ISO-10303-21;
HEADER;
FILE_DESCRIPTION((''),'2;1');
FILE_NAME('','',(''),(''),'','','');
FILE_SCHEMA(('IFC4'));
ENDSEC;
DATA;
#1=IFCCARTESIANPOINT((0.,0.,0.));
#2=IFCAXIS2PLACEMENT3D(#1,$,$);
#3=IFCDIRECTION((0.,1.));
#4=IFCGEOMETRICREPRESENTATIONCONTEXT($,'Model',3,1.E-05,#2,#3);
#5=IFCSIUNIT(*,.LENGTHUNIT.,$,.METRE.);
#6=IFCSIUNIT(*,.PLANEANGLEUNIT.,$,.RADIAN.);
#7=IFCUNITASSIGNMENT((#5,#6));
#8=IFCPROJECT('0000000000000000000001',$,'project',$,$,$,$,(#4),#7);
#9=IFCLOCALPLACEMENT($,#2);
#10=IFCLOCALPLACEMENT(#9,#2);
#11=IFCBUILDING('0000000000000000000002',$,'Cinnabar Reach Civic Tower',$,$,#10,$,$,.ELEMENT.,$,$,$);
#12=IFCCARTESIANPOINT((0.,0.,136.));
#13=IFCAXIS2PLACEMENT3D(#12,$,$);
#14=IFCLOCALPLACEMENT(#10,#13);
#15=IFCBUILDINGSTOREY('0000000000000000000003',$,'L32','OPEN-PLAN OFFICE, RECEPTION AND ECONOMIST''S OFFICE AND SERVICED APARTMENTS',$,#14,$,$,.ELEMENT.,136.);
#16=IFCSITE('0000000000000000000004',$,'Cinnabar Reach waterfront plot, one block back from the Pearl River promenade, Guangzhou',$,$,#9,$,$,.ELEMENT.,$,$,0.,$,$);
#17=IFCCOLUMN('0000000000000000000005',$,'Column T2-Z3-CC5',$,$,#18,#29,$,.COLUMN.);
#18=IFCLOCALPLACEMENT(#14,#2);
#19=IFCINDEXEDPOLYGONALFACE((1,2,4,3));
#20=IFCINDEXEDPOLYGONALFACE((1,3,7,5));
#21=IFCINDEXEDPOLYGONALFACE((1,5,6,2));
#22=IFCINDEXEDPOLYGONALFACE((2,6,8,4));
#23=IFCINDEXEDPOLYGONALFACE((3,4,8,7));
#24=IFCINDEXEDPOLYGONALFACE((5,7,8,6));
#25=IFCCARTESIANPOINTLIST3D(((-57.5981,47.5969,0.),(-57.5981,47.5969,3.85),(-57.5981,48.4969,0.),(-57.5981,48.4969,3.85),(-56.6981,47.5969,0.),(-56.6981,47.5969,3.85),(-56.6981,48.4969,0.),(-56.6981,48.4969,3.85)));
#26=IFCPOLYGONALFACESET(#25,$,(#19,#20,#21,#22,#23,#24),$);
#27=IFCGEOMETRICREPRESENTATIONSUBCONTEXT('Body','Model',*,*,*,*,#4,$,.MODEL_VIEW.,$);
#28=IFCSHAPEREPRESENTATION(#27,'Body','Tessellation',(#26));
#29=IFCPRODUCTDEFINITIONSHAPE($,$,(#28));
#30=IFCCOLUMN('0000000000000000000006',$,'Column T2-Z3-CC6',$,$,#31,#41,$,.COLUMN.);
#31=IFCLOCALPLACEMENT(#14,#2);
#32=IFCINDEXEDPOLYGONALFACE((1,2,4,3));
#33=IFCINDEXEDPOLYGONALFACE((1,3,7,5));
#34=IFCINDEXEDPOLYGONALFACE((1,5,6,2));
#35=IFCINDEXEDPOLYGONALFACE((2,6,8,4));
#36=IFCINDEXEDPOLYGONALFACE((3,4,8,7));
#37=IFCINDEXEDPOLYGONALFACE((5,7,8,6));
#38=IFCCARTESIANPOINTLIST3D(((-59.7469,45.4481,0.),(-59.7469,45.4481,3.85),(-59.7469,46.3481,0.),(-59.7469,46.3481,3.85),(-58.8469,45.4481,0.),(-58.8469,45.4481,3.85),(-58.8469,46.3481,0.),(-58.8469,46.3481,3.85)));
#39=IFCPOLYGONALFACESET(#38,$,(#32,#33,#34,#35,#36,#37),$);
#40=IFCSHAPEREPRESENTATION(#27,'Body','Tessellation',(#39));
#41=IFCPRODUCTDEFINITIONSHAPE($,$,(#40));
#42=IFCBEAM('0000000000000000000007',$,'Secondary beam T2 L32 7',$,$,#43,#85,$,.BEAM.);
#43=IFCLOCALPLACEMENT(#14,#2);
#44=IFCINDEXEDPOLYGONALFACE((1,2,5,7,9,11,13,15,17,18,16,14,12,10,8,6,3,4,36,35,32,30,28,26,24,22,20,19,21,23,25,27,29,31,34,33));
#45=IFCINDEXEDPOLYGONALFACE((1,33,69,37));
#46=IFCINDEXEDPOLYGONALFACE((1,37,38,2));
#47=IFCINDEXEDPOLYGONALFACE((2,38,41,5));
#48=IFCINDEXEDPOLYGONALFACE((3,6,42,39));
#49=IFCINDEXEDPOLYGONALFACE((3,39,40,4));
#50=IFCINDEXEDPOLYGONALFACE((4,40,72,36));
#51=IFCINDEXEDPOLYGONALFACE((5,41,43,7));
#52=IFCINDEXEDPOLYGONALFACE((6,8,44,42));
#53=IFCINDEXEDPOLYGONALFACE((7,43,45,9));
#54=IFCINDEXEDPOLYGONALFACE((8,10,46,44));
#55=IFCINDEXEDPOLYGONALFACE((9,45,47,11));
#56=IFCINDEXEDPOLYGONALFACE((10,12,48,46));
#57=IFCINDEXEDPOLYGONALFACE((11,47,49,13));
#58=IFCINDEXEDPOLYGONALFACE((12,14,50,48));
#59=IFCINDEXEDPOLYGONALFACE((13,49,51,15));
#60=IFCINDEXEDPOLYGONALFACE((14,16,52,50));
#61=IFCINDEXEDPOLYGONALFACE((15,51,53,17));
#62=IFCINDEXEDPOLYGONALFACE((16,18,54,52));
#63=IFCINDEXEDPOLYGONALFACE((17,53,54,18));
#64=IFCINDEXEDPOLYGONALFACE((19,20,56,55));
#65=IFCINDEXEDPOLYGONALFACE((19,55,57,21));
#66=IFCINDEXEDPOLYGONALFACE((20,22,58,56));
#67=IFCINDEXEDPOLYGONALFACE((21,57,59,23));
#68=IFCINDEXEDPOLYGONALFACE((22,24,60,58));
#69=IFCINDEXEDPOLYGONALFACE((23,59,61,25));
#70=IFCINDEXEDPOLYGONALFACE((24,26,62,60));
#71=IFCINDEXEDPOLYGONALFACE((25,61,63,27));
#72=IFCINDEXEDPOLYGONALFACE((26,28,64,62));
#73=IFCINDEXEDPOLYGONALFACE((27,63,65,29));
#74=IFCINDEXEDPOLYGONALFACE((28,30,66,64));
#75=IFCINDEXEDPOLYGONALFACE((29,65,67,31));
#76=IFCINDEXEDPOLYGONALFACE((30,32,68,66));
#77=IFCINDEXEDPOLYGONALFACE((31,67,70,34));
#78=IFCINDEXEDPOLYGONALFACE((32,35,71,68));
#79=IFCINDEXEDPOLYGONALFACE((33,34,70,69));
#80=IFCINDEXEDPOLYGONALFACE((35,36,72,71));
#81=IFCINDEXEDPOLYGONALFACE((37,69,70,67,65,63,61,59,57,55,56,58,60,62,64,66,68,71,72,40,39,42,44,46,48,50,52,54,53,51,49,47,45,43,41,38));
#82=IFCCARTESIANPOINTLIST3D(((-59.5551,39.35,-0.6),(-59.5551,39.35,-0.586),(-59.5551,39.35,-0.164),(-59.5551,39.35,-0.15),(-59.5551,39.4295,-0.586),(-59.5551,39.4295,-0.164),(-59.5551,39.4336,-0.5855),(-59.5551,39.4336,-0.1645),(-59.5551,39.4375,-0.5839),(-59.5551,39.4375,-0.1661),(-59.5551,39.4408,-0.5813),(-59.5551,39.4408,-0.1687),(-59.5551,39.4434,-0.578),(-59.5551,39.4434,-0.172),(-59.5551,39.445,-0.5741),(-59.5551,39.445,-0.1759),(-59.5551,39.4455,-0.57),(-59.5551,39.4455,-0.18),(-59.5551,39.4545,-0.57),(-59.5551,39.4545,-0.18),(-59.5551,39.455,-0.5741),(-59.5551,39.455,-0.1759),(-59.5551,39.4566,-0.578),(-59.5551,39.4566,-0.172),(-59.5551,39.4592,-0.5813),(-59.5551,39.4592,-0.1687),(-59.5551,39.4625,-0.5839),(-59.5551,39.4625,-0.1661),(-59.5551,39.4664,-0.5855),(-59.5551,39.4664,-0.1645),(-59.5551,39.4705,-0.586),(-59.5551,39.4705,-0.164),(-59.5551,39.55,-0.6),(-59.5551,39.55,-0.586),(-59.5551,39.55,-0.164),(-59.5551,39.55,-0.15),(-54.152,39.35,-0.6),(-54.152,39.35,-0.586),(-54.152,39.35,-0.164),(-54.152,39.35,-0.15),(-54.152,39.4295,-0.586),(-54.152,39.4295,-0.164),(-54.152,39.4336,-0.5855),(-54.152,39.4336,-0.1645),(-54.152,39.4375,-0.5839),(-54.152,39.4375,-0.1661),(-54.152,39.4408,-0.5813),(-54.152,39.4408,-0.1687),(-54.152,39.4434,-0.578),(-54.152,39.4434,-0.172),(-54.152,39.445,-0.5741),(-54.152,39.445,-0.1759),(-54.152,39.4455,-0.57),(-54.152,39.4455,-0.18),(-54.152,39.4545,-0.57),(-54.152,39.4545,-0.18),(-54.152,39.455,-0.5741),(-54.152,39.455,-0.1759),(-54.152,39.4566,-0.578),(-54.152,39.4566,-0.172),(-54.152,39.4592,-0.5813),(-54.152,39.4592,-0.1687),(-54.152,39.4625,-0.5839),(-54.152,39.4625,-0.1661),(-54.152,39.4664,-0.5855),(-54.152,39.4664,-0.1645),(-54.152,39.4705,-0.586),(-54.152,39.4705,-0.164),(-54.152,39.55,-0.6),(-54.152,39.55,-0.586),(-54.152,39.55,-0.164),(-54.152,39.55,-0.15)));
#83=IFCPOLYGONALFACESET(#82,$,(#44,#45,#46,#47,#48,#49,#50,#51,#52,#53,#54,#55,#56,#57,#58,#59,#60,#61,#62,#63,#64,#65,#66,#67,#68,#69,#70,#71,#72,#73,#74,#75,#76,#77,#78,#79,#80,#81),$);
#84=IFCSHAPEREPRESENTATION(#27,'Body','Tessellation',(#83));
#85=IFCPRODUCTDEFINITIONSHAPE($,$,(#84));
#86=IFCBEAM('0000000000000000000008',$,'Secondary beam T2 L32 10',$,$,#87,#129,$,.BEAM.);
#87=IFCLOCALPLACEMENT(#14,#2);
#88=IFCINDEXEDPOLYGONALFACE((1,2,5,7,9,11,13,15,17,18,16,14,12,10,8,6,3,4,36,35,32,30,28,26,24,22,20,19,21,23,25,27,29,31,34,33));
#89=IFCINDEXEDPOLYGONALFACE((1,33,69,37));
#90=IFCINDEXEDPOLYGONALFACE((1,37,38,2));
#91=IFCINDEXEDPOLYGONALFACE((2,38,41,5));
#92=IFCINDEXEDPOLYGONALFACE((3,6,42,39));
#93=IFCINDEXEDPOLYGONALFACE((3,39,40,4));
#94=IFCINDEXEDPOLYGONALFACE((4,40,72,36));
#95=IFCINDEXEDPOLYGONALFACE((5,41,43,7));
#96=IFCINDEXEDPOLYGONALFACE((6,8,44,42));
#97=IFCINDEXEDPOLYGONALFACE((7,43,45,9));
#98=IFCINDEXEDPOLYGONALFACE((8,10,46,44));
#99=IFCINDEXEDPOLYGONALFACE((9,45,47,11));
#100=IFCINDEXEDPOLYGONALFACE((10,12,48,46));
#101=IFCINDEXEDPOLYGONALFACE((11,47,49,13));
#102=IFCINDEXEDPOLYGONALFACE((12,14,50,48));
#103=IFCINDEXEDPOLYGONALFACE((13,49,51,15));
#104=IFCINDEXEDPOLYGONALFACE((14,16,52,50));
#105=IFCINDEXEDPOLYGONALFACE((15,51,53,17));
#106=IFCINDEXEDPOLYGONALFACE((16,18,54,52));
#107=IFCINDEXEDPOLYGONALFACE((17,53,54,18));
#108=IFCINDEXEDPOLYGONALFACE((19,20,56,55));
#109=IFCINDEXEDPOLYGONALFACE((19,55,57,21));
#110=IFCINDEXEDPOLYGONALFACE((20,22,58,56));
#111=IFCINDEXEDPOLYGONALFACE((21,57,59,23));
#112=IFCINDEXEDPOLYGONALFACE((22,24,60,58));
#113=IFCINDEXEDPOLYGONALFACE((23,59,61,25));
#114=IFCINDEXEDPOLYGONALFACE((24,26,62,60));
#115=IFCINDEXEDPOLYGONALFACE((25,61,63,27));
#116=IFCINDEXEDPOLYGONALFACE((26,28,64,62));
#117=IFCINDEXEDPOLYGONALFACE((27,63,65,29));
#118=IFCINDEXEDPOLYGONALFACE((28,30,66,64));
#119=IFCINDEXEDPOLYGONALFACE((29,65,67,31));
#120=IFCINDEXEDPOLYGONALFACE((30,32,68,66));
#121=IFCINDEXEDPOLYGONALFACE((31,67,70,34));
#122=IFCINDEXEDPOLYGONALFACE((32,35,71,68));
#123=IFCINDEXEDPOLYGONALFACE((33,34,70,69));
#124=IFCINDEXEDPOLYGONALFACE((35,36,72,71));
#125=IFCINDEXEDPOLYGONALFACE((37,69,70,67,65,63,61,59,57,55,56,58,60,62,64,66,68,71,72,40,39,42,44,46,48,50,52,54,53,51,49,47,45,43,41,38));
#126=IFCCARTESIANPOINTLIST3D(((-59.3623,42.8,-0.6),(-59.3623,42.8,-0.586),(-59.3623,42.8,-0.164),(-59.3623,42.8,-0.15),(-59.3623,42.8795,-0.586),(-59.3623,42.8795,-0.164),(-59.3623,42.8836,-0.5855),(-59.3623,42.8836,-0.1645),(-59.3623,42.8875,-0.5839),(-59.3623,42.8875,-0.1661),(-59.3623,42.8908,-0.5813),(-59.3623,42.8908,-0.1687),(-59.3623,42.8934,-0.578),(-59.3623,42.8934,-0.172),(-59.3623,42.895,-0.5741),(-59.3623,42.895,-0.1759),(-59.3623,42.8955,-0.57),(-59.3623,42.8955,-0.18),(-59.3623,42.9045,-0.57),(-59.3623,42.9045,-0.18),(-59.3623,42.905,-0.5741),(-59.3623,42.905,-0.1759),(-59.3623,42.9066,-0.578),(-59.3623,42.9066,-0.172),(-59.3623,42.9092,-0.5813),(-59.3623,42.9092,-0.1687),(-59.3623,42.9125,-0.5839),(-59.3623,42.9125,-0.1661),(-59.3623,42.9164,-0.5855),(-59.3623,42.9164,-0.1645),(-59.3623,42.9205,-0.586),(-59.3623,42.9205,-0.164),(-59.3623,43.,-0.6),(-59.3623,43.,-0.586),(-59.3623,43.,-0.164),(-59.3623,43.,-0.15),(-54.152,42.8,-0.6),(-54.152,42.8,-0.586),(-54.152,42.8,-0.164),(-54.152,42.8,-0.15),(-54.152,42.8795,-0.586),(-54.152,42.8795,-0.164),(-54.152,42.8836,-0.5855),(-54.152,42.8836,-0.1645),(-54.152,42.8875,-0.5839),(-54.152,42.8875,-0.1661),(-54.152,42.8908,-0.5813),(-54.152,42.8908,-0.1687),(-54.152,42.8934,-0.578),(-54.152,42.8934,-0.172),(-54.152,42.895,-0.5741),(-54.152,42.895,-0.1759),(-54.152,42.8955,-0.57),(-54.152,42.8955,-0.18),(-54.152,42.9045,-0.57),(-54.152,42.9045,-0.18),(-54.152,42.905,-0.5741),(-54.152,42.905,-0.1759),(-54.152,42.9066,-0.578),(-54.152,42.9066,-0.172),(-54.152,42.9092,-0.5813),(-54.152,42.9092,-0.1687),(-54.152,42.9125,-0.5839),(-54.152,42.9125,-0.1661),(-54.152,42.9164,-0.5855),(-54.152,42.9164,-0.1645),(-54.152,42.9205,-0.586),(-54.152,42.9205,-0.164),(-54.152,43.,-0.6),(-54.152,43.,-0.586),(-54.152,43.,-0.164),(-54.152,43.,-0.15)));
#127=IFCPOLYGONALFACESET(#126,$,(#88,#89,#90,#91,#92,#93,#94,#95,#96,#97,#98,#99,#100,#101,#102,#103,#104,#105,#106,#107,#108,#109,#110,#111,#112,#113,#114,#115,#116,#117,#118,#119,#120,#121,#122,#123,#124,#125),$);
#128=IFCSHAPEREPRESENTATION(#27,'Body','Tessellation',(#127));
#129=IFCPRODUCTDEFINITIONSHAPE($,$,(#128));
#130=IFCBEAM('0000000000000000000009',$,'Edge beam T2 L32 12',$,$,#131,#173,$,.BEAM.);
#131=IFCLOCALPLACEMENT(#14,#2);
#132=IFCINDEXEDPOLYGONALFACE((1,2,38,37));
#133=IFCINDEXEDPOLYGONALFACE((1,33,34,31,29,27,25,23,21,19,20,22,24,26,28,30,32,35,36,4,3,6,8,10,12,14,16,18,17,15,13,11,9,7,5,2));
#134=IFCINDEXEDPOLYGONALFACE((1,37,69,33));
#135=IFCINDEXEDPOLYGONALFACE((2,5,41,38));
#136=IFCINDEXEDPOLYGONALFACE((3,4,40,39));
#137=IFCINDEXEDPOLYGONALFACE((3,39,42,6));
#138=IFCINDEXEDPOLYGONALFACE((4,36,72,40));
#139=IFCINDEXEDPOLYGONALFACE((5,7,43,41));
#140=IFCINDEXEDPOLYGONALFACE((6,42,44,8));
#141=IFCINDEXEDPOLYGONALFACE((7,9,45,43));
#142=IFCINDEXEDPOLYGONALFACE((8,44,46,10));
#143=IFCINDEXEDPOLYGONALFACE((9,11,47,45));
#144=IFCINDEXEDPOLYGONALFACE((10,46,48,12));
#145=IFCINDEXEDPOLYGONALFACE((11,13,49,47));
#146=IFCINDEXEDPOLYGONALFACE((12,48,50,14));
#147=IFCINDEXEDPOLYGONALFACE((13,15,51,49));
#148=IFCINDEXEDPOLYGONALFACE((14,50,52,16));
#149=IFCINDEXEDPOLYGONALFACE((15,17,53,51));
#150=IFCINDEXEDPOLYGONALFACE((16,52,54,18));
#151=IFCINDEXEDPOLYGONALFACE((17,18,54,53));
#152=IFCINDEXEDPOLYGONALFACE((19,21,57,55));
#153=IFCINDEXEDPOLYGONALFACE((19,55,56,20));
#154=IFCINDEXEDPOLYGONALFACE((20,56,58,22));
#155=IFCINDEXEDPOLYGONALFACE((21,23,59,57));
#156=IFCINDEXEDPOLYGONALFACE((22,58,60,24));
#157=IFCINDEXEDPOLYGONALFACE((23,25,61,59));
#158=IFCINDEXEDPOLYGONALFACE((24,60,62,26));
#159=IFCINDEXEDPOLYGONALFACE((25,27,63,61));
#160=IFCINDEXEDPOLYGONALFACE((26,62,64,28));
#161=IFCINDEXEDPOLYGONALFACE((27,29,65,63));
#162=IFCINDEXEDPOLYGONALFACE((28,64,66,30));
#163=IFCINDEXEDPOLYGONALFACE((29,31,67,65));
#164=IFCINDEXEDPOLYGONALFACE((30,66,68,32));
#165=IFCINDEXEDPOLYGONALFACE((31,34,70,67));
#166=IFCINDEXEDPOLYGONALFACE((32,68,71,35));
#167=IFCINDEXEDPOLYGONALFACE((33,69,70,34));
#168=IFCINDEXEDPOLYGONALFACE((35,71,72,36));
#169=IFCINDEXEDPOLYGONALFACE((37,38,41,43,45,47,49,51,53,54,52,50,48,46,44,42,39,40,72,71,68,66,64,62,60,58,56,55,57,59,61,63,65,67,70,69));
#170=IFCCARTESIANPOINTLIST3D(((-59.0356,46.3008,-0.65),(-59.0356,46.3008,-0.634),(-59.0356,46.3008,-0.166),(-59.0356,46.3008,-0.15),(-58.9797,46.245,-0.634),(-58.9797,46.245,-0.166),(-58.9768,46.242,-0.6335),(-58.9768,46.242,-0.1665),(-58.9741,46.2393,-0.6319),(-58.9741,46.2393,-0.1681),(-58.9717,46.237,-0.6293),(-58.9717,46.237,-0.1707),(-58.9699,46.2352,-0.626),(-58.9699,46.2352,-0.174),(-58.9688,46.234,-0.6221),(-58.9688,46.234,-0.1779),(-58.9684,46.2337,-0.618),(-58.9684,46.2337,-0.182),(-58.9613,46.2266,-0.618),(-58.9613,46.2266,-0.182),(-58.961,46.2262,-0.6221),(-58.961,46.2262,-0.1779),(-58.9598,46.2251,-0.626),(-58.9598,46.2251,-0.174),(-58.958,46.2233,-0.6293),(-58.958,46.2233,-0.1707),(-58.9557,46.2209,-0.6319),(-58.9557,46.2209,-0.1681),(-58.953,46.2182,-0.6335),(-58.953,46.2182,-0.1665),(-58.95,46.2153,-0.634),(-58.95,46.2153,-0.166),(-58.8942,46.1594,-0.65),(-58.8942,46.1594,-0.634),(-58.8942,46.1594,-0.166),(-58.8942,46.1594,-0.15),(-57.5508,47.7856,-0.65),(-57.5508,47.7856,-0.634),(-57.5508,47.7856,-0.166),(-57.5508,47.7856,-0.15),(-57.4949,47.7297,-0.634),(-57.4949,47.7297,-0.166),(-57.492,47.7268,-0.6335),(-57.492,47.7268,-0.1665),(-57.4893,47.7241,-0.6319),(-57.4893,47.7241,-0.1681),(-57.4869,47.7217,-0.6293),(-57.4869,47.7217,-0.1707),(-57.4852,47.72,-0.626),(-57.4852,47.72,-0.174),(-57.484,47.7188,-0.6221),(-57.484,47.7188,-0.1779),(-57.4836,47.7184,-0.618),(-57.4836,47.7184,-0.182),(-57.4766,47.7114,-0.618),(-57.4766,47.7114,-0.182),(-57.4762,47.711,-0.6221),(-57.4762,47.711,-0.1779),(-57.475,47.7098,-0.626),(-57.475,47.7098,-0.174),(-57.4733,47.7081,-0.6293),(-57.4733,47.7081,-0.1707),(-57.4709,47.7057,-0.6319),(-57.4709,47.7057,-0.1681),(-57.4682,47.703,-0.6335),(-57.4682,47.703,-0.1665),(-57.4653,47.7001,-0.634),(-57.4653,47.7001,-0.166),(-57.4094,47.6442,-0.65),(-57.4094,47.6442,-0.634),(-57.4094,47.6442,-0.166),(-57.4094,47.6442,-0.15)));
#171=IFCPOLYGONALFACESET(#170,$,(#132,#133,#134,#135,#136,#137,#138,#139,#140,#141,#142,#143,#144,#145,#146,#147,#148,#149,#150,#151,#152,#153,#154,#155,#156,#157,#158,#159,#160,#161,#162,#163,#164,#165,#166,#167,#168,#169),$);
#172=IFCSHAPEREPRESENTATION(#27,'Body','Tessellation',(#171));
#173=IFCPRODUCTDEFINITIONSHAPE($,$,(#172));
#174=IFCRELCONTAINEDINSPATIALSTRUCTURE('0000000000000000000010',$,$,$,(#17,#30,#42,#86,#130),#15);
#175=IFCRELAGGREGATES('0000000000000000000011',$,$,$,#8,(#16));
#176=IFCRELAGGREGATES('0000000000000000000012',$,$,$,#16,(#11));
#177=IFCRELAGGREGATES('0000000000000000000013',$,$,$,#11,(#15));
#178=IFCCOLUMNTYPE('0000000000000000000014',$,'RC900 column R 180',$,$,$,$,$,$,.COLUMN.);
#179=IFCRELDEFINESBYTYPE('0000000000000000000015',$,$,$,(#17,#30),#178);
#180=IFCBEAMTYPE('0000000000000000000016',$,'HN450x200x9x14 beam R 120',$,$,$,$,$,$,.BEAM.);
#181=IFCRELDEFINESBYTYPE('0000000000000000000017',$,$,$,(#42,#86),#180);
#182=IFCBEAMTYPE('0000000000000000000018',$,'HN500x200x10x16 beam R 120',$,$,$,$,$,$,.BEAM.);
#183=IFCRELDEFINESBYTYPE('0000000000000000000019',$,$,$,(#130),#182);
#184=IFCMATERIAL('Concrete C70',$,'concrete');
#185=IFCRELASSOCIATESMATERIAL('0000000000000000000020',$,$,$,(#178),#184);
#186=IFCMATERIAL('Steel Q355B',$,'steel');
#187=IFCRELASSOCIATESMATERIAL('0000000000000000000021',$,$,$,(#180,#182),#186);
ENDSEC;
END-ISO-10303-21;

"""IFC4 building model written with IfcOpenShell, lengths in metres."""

from ifc_helpers import new_model, si_unit, direction, frame, origin, origin_2d, place, context, subcontext, project, spatial, rectangle, i_section, extrude, material, material_profile, profile_set, type_object, element, save


model = new_model("IFC4")

# Units and contexts
model_context = context("Model", 3, precision=1e-05, world=origin(), true_north=direction((0.0, 1.0)))
body_context = subcontext(model_context, "Body", "Model", "MODEL_VIEW")
ifc_project = project(units=[si_unit("LENGTHUNIT", "METRE"), si_unit("PLANEANGLEUNIT", "RADIAN")], contexts=[model_context])

# Site, building, storey
site_placement = place(None, origin())
site = spatial("IfcSite", under=ifc_project, at=site_placement, Name="Cinnabar Reach waterfront plot, one block back from the Pearl River promenade, Guangzhou", CompositionType="ELEMENT", RefElevation=0.0)
building_placement = place(site_placement, origin())
building = spatial("IfcBuilding", under=site, at=building_placement, Name="Cinnabar Reach Civic Tower", CompositionType="ELEMENT")
storey_placement = place(building_placement, frame((0.0, 0.0, 136.0)))
storey = spatial("IfcBuildingStorey", under=building, at=storey_placement, Name="L32", Description="OPEN-PLAN OFFICE, RECEPTION AND ECONOMIST'S OFFICE AND SERVICED APARTMENTS", CompositionType="ELEMENT", Elevation=136.0)

# Columns
ifc_material_1 = material(Name="Concrete C70", Category="concrete")
ifc_material_profile_1 = material_profile(ifc_material_1, rectangle(XDim=0.9, YDim=0.9, at=origin_2d()), Name="RC900")
ifc_profile_set_1 = profile_set([ifc_material_profile_1], Name="Concrete C70")
column_type = type_object("IfcColumnType", Name="RC900 column R 180", PredefinedType="COLUMN", material=ifc_profile_set_1)
for number, where, z_axis, x_axis, name in (
    (1, (-57.1481, 48.0469, 0.0), (0.0, 0.0, 1.0), (1.0, 0.0, 0.0), "Column T2-Z3-CC5"),
    (2, (-59.2969, 45.8981, 0.0), (0.0, 0.0, 1.0), (1.0, 0.0, 0.0), "Column T2-Z3-CC6"),
):
    element("IfcColumn", number, at=place(storey_placement, frame(where, z_axis=z_axis, x_axis=x_axis)), inside=storey, type_object=column_type, Name=name, PredefinedType="COLUMN", context=body_context, shape_type="SweptSolid", body=[
        extrude(rectangle(XDim=0.9, YDim=0.9, at=origin_2d()), origin(), (0.0, 0.0, 1.0), 3.85),
    ])

# Beams
ifc_material_2 = material(Name="Steel Q355B", Category="steel")
ifc_material_profile_2 = material_profile(ifc_material_2, i_section(OverallWidth=0.2, OverallDepth=0.45, WebThickness=0.009, FlangeThickness=0.014, FilletRadius=0.016, at=origin_2d()), Name="HN450x200x9x14")
ifc_profile_set_2 = profile_set([ifc_material_profile_2], Name="Steel Q355B")
beam_type_1 = type_object("IfcBeamType", Name="HN450x200x9x14 beam R 120", PredefinedType="BEAM", material=ifc_profile_set_2)
beam_1_placement = place(storey_placement, frame((-59.5551, 39.45, -0.375), z_axis=(1.0, 0.0, 0.0), x_axis=(0.0, 1.0, 0.0)))
element("IfcBeam", 3, at=beam_1_placement, inside=storey, type_object=beam_type_1, Name="Secondary beam T2 L32 7", PredefinedType="BEAM", context=body_context, shape_type="SweptSolid", body=[
    extrude(i_section(OverallWidth=0.2, OverallDepth=0.45, WebThickness=0.009, FlangeThickness=0.014, FilletRadius=0.016, at=origin_2d()), origin(), (0.0, 0.0, 1.0), 5.4031),
])
beam_2_placement = place(storey_placement, frame((-59.3623, 42.9, -0.375), z_axis=(1.0, 0.0, 0.0), x_axis=(0.0, 1.0, 0.0)))
element("IfcBeam", 4, at=beam_2_placement, inside=storey, type_object=beam_type_1, Name="Secondary beam T2 L32 10", PredefinedType="BEAM", context=body_context, shape_type="SweptSolid", body=[
    extrude(i_section(OverallWidth=0.2, OverallDepth=0.45, WebThickness=0.009, FlangeThickness=0.014, FilletRadius=0.016, at=origin_2d()), origin(), (0.0, 0.0, 1.0), 5.2103),
])
ifc_material_profile_3 = material_profile(ifc_material_2, i_section(OverallWidth=0.2, OverallDepth=0.5, WebThickness=0.01, FlangeThickness=0.016, FilletRadius=0.016, at=origin_2d()), Name="HN500x200x10x16")
ifc_profile_set_3 = profile_set([ifc_material_profile_3], Name="Steel Q355B")
beam_type_2 = type_object("IfcBeamType", Name="HN500x200x10x16 beam R 120", PredefinedType="BEAM", material=ifc_profile_set_3)
beam_3_placement = place(storey_placement, frame((-57.4801, 47.7149, -0.4), z_axis=(-0.707107, -0.707107, 0.0), x_axis=(0.707107, -0.707107, 0.0)))
element("IfcBeam", 5, at=beam_3_placement, inside=storey, type_object=beam_type_2, Name="Edge beam T2 L32 12", PredefinedType="BEAM", context=body_context, shape_type="SweptSolid", body=[
    extrude(i_section(OverallWidth=0.2, OverallDepth=0.5, WebThickness=0.01, FlangeThickness=0.016, FilletRadius=0.016, at=origin_2d()), origin(), (0.0, 0.0, 1.0), 2.0998),
])

save(model, "model.ifc")
